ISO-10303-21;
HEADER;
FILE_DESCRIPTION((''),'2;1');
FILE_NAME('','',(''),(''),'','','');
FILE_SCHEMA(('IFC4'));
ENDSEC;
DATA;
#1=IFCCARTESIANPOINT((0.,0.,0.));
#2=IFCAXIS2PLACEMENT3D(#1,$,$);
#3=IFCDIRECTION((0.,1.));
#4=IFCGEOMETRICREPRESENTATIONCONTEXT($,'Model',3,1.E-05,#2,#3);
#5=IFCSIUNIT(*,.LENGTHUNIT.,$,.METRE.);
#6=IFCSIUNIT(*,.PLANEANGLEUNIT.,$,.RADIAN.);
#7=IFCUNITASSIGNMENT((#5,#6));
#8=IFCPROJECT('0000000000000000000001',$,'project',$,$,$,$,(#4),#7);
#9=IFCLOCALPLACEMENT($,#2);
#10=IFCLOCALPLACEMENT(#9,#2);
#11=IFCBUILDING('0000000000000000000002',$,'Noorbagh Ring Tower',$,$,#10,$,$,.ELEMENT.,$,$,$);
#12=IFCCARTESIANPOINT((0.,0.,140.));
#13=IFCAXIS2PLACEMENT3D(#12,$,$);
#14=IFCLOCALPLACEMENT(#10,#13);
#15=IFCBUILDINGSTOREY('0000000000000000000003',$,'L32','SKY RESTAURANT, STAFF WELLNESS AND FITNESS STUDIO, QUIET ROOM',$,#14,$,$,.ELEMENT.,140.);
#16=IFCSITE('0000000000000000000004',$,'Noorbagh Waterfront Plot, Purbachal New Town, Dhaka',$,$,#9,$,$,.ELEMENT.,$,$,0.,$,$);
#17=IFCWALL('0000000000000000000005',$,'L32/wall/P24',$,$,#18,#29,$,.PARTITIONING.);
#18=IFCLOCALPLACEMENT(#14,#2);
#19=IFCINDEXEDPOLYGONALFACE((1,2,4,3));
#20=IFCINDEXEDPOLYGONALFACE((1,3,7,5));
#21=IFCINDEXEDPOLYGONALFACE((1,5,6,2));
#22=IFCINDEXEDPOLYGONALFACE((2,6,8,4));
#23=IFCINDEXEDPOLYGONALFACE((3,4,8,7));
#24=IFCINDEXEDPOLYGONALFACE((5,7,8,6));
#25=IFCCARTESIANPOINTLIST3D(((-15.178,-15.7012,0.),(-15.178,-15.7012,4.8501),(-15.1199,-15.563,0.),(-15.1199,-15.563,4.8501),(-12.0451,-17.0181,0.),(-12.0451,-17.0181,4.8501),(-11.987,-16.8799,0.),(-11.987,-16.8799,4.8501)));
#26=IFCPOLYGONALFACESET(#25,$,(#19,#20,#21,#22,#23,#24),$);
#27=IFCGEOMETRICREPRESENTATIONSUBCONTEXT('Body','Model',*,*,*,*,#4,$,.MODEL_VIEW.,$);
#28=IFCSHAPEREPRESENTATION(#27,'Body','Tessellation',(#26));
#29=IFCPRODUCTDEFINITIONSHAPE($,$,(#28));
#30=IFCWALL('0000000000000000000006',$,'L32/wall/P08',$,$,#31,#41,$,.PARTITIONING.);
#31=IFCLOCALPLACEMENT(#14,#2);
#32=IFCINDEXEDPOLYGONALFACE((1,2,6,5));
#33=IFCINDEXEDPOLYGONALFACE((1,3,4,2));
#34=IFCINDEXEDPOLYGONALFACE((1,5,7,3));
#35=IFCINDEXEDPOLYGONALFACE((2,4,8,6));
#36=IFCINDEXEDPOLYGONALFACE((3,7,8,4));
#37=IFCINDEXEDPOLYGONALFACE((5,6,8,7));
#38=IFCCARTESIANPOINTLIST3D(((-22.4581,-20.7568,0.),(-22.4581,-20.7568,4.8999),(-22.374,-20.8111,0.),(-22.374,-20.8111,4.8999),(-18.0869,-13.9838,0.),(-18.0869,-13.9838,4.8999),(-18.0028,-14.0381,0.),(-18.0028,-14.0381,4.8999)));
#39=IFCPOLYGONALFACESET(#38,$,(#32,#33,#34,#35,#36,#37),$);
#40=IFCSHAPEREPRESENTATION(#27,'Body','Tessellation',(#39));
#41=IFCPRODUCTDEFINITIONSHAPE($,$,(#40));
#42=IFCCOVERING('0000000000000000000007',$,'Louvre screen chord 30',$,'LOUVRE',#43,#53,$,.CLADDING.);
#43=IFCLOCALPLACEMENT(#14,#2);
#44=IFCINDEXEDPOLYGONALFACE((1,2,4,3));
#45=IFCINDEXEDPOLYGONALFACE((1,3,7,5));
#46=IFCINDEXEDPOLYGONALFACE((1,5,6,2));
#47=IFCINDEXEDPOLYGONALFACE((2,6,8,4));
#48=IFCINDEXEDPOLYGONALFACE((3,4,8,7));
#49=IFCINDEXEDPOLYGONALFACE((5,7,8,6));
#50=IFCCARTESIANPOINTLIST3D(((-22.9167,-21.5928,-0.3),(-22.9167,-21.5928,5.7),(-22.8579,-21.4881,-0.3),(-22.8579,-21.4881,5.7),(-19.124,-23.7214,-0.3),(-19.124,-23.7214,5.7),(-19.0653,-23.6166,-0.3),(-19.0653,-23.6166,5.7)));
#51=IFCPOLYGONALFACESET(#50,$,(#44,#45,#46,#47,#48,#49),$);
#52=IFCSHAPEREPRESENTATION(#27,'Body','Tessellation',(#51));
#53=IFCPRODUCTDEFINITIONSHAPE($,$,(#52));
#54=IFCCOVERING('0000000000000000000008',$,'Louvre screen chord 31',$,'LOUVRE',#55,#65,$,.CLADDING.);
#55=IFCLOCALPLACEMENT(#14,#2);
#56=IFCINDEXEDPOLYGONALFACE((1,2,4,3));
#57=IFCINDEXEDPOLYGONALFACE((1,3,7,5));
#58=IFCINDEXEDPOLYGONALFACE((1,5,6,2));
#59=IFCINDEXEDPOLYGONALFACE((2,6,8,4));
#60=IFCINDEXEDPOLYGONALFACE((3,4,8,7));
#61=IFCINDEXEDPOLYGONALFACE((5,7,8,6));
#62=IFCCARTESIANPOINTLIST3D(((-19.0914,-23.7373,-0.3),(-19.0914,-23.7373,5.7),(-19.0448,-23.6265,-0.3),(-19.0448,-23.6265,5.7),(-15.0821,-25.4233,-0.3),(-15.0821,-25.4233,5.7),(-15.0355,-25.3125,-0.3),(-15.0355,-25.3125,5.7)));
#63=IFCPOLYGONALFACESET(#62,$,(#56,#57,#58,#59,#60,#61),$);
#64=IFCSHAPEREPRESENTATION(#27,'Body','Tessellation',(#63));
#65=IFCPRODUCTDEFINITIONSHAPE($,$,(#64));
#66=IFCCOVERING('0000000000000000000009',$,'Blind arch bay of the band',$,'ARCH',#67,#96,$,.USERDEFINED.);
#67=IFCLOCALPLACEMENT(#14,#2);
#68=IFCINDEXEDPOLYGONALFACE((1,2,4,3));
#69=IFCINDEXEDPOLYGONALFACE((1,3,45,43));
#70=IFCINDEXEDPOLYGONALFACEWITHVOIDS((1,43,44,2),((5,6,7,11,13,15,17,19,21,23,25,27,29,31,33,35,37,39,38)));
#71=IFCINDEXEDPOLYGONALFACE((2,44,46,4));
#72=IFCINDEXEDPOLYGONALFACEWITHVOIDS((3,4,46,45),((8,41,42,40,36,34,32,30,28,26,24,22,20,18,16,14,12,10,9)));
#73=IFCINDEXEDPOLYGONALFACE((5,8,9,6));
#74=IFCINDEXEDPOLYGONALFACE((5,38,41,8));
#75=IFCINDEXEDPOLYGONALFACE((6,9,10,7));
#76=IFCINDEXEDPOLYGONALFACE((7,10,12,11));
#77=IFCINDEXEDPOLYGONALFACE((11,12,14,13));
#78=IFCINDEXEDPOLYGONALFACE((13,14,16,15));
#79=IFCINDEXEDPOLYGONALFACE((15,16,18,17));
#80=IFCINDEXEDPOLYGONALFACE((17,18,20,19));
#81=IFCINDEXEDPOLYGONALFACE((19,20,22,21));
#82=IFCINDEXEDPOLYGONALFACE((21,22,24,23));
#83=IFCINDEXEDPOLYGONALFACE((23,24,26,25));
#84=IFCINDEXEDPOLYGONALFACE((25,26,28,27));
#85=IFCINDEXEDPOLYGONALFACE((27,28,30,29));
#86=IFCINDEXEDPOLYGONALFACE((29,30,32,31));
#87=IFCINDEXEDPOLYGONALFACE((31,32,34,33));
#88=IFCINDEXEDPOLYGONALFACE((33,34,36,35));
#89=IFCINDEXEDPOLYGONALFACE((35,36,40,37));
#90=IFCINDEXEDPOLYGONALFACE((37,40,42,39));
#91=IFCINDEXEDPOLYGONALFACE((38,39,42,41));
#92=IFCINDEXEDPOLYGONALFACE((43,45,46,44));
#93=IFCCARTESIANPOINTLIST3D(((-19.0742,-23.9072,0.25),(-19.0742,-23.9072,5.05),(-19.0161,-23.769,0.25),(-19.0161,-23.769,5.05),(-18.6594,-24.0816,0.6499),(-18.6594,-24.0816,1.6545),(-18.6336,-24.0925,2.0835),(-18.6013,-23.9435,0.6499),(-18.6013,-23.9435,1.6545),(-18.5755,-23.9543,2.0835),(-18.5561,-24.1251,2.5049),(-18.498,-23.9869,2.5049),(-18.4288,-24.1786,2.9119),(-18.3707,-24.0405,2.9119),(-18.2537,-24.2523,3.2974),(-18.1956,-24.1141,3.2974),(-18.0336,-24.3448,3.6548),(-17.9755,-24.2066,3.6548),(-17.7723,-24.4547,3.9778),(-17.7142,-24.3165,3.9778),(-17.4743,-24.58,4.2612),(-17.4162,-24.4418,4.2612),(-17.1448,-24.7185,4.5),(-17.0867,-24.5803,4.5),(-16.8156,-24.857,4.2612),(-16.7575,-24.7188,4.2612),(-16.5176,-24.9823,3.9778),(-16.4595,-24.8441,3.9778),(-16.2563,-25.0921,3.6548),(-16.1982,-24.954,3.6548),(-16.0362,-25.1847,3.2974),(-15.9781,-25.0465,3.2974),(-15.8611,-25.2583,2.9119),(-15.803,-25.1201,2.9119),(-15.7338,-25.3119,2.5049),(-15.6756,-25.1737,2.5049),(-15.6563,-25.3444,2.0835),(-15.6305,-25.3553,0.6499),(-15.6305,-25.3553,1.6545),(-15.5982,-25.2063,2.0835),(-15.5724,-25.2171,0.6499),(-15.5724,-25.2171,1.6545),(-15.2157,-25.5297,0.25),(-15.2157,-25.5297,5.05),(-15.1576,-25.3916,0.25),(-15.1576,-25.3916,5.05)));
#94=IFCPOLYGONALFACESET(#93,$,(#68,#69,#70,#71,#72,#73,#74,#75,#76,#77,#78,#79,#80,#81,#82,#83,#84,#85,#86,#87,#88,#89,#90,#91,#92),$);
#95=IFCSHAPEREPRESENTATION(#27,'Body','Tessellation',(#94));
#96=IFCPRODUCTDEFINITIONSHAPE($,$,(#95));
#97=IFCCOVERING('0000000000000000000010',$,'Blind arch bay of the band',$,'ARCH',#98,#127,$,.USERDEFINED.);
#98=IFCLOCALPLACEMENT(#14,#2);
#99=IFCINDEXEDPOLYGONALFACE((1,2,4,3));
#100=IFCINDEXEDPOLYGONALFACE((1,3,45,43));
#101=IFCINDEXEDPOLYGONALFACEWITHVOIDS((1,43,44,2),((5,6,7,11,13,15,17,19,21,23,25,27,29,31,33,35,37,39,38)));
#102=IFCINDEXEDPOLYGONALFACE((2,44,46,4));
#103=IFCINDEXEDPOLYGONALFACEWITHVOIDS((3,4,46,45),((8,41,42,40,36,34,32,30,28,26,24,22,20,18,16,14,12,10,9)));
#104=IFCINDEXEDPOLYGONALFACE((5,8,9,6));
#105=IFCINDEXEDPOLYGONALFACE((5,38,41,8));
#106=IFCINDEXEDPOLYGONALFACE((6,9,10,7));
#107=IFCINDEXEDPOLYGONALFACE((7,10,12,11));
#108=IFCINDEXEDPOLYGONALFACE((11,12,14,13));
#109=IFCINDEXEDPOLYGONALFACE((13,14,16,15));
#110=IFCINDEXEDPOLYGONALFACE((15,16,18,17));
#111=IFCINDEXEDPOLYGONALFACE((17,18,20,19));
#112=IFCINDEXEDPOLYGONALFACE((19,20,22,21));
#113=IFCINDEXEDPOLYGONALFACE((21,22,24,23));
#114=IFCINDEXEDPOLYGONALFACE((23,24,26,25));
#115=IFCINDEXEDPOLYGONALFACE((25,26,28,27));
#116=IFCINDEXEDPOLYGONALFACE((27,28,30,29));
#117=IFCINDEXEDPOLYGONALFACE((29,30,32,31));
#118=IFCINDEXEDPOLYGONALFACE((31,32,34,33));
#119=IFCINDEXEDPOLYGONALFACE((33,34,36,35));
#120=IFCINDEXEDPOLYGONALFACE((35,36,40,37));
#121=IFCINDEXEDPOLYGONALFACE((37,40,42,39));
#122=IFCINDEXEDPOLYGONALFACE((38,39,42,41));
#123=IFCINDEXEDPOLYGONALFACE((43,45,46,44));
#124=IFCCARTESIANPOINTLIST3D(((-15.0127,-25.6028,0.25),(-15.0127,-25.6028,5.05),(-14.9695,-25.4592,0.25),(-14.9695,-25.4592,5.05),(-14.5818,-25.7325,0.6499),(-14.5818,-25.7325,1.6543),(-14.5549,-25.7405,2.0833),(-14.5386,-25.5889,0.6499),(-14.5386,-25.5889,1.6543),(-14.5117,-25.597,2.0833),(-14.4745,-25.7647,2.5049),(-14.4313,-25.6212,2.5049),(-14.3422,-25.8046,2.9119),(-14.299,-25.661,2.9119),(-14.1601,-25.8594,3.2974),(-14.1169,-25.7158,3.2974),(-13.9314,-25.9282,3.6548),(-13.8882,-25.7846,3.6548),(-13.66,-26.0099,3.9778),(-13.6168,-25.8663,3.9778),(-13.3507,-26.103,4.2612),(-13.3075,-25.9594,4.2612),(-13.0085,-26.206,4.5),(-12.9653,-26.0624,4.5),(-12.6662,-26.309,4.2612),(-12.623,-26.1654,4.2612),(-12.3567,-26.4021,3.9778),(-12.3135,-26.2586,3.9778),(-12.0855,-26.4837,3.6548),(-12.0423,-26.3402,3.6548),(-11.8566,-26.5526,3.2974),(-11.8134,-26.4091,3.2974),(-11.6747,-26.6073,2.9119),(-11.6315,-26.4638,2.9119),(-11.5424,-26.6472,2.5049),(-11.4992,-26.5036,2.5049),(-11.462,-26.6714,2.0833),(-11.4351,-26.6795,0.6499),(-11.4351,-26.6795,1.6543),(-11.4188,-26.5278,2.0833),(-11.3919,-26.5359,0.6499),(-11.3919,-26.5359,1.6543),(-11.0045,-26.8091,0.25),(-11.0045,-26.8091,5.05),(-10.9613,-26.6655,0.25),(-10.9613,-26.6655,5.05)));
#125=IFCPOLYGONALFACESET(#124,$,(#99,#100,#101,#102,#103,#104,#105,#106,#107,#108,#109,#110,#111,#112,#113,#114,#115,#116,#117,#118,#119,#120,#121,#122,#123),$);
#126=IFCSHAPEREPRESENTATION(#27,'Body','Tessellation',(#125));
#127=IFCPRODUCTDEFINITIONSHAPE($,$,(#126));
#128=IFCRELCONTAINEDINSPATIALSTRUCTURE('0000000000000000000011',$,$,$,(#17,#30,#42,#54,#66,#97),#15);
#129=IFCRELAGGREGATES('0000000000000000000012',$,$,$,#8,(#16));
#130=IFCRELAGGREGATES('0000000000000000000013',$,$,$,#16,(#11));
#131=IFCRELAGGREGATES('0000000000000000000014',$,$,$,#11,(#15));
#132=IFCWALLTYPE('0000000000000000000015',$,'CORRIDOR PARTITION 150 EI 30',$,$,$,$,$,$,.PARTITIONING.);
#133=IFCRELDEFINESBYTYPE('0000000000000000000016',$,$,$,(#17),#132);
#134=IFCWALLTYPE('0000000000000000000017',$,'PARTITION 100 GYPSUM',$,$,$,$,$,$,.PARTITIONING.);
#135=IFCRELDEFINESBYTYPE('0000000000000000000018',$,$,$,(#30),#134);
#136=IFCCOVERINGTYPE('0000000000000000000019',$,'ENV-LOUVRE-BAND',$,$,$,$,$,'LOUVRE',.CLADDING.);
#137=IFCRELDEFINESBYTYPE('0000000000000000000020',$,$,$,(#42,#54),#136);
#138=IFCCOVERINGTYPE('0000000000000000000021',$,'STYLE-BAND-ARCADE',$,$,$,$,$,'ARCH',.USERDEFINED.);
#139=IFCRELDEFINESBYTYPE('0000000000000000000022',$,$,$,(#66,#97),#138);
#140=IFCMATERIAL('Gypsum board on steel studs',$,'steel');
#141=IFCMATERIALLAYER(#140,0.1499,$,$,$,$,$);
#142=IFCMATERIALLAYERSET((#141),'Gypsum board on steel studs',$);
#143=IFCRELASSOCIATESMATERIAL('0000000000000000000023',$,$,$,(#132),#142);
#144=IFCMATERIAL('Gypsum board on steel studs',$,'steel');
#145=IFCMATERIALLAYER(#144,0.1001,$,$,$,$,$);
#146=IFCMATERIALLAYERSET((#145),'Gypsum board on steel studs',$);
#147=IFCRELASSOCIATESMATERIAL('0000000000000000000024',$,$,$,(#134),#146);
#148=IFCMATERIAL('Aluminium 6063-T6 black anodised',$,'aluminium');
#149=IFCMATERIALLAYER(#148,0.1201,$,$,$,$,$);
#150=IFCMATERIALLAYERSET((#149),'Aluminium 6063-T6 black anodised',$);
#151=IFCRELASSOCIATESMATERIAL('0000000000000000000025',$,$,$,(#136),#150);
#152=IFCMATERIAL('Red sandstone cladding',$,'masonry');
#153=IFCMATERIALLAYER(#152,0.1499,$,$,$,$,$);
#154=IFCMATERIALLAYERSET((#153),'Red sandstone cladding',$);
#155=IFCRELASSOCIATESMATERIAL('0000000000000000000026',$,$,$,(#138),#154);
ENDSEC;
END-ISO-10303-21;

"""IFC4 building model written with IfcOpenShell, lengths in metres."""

from ifc_helpers import new_model, si_unit, direction, frame, frame_2d, origin, origin_2d, place, context, subcontext, project, spatial, polyline, rectangle, outline, extrude, material, layer, layer_set, type_object, element, save


model = new_model("IFC4")

# Units and contexts
model_context = context("Model", 3, precision=1e-05, world=origin(), true_north=direction((0.0, 1.0)))
body_context = subcontext(model_context, "Body", "Model", "MODEL_VIEW")
ifc_project = project(units=[si_unit("LENGTHUNIT", "METRE"), si_unit("PLANEANGLEUNIT", "RADIAN")], contexts=[model_context])

# Site, building, storey
site_placement = place(None, origin())
site = spatial("IfcSite", under=ifc_project, at=site_placement, Name="Noorbagh Waterfront Plot, Purbachal New Town, Dhaka", CompositionType="ELEMENT", RefElevation=0.0)
building_placement = place(site_placement, origin())
building = spatial("IfcBuilding", under=site, at=building_placement, Name="Noorbagh Ring Tower", CompositionType="ELEMENT")
storey_placement = place(building_placement, frame((0.0, 0.0, 140.0)))
storey = spatial("IfcBuildingStorey", under=building, at=storey_placement, Name="L32", Description="SKY RESTAURANT, STAFF WELLNESS AND FITNESS STUDIO, QUIET ROOM", CompositionType="ELEMENT", Elevation=140.0)

# Shared definitions
ifc_material_1 = material(Name="Gypsum board on steel studs", Category="steel")
ifc_layer_1 = layer(ifc_material_1, 0.1499)
ifc_layer_set_1 = layer_set([ifc_layer_1], Name="Gypsum board on steel studs")
wall_type_1 = type_object("IfcWallType", Name="CORRIDOR PARTITION 150 EI 30", PredefinedType="PARTITIONING", material=ifc_layer_set_1)

# Walls
wall_1_placement = place(storey_placement, frame((-15.1489, -15.6321, 0.0), z_axis=(0.0, 0.0, 1.0), x_axis=(0.921865, -0.387511, 0.0)))
element("IfcWall", 1, at=wall_1_placement, inside=storey, type_object=wall_type_1, Name="L32/wall/P24", PredefinedType="PARTITIONING", context=body_context, shape_type="SweptSolid", body=[
    extrude(rectangle(XDim=3.3984, YDim=0.1499, at=frame_2d((1.6992, 0.0))), origin(), (0.0, 0.0, 1.0), 4.8501),
])
ifc_material_2 = material(Name="Gypsum board on steel studs", Category="steel")
ifc_layer_2 = layer(ifc_material_2, 0.1001)
ifc_layer_set_2 = layer_set([ifc_layer_2], Name="Gypsum board on steel studs")
wall_type_2 = type_object("IfcWallType", Name="PARTITION 100 GYPSUM", PredefinedType="PARTITIONING", material=ifc_layer_set_2)
wall_2_placement = place(storey_placement, frame((-22.416, -20.7839, 0.0), z_axis=(0.0, 0.0, 1.0), x_axis=(0.542254, 0.840215, 0.0)))
element("IfcWall", 2, at=wall_2_placement, inside=storey, type_object=wall_type_2, Name="L32/wall/P08", PredefinedType="PARTITIONING", context=body_context, shape_type="SweptSolid", body=[
    extrude(rectangle(XDim=8.061, YDim=0.1001, at=frame_2d((4.0305, 0.0))), origin(), (0.0, 0.0, 1.0), 4.8999),
])

# Coverings
ifc_material_3 = material(Name="Aluminium 6063-T6 black anodised", Category="aluminium")
ifc_layer_3 = layer(ifc_material_3, 0.1201)
ifc_layer_set_3 = layer_set([ifc_layer_3], Name="Aluminium 6063-T6 black anodised")
covering_type_1 = type_object("IfcCoveringType", Name="ENV-LOUVRE-BAND", ElementType="LOUVRE", PredefinedType="CLADDING", material=ifc_layer_set_3)
covering_1_placement = place(storey_placement, frame((-20.991, -22.6047, -0.3), z_axis=(0.0, 0.0, 1.0), x_axis=(0.872045, -0.489426, 0.0)))
element("IfcCovering", 3, at=covering_1_placement, inside=storey, type_object=covering_type_1, Name="Louvre screen chord 30", ObjectType="LOUVRE", PredefinedType="CLADDING", context=body_context, shape_type="SweptSolid", body=[
    extrude(rectangle(XDim=4.3491, YDim=0.1201, at=origin_2d()), origin(), (0.0, 0.0, 1.0), 6.0),
])
covering_2_placement = place(storey_placement, frame((-17.0635, -24.5249, -0.3), z_axis=(0.0, 0.0, 1.0), x_axis=(0.921812, -0.387638, 0.0)))
element("IfcCovering", 4, at=covering_2_placement, inside=storey, type_object=covering_type_1, Name="Louvre screen chord 31", ObjectType="LOUVRE", PredefinedType="CLADDING", context=body_context, shape_type="SweptSolid", body=[
    extrude(rectangle(XDim=4.3494, YDim=0.1201, at=origin_2d()), origin(), (0.0, 0.0, 1.0), 6.0),
])
ifc_material_4 = material(Name="Red sandstone cladding", Category="masonry")
ifc_layer_4 = layer(ifc_material_4, 0.1499)
ifc_layer_set_4 = layer_set([ifc_layer_4], Name="Red sandstone cladding")
covering_type_2 = type_object("IfcCoveringType", Name="STYLE-BAND-ARCADE", ElementType="ARCH", PredefinedType="USERDEFINED", material=ifc_layer_set_4)
covering_3_placement = place(storey_placement, frame((-19.0742, -23.9072, 0.25), z_axis=(-0.387624, -0.921818, 0.0), x_axis=(0.921818, -0.387624, 0.0)))
element("IfcCovering", 5, at=covering_3_placement, inside=storey, type_object=covering_type_2, Name="Blind arch bay of the band", ObjectType="ARCH", PredefinedType="USERDEFINED", context=body_context, shape_type="SweptSolid", body=[
    extrude(outline(polyline([(0.0, 0.0), (4.1858, 0.0), (4.1858, 4.8), (0.0, 4.8), (0.0, 0.0)]), holes=[polyline([(0.45, 0.3999), (0.45, 1.4045), (0.478, 1.8335), (0.562, 2.2549), (0.7002, 2.6619), (0.8901, 3.0474), (1.1289, 3.4048), (1.4124, 3.7278), (1.7356, 4.0112), (2.093, 4.25), (2.4502, 4.0112), (2.7734, 3.7278), (3.0569, 3.4048), (3.2957, 3.0474), (3.4856, 2.6619), (3.6238, 2.2549), (3.7078, 1.8335), (3.7358, 1.4045), (3.7358, 0.3999), (0.45, 0.3999)])]), origin(), (0.0, 0.0, -1.0), 0.1499),
])
covering_4_placement = place(storey_placement, frame((-15.0127, -25.6028, 0.25), z_axis=(-0.288183, -0.957575, 0.0), x_axis=(0.957575, -0.288183, 0.0)))
element("IfcCovering", 6, at=covering_4_placement, inside=storey, type_object=covering_type_2, Name="Blind arch bay of the band", ObjectType="ARCH", PredefinedType="USERDEFINED", context=body_context, shape_type="SweptSolid", body=[
    extrude(outline(polyline([(0.0, 0.0), (4.1858, 0.0), (4.1858, 4.8), (0.0, 4.8), (0.0, 0.0)]), holes=[polyline([(0.45, 0.3999), (0.45, 1.4043), (0.478, 1.8333), (0.562, 2.2549), (0.7002, 2.6619), (0.8904, 3.0474), (1.1292, 3.4048), (1.4126, 3.7278), (1.7356, 4.0112), (2.093, 4.25), (2.4504, 4.0112), (2.7737, 3.7278), (3.0569, 3.4048), (3.2959, 3.0474), (3.4858, 2.6619), (3.624, 2.2549), (3.708, 1.8333), (3.7361, 1.4043), (3.7361, 0.3999), (0.45, 0.3999)])]), origin(), (0.0, 0.0, -1.0), 0.1499),
])

save(model, "model.ifc")
